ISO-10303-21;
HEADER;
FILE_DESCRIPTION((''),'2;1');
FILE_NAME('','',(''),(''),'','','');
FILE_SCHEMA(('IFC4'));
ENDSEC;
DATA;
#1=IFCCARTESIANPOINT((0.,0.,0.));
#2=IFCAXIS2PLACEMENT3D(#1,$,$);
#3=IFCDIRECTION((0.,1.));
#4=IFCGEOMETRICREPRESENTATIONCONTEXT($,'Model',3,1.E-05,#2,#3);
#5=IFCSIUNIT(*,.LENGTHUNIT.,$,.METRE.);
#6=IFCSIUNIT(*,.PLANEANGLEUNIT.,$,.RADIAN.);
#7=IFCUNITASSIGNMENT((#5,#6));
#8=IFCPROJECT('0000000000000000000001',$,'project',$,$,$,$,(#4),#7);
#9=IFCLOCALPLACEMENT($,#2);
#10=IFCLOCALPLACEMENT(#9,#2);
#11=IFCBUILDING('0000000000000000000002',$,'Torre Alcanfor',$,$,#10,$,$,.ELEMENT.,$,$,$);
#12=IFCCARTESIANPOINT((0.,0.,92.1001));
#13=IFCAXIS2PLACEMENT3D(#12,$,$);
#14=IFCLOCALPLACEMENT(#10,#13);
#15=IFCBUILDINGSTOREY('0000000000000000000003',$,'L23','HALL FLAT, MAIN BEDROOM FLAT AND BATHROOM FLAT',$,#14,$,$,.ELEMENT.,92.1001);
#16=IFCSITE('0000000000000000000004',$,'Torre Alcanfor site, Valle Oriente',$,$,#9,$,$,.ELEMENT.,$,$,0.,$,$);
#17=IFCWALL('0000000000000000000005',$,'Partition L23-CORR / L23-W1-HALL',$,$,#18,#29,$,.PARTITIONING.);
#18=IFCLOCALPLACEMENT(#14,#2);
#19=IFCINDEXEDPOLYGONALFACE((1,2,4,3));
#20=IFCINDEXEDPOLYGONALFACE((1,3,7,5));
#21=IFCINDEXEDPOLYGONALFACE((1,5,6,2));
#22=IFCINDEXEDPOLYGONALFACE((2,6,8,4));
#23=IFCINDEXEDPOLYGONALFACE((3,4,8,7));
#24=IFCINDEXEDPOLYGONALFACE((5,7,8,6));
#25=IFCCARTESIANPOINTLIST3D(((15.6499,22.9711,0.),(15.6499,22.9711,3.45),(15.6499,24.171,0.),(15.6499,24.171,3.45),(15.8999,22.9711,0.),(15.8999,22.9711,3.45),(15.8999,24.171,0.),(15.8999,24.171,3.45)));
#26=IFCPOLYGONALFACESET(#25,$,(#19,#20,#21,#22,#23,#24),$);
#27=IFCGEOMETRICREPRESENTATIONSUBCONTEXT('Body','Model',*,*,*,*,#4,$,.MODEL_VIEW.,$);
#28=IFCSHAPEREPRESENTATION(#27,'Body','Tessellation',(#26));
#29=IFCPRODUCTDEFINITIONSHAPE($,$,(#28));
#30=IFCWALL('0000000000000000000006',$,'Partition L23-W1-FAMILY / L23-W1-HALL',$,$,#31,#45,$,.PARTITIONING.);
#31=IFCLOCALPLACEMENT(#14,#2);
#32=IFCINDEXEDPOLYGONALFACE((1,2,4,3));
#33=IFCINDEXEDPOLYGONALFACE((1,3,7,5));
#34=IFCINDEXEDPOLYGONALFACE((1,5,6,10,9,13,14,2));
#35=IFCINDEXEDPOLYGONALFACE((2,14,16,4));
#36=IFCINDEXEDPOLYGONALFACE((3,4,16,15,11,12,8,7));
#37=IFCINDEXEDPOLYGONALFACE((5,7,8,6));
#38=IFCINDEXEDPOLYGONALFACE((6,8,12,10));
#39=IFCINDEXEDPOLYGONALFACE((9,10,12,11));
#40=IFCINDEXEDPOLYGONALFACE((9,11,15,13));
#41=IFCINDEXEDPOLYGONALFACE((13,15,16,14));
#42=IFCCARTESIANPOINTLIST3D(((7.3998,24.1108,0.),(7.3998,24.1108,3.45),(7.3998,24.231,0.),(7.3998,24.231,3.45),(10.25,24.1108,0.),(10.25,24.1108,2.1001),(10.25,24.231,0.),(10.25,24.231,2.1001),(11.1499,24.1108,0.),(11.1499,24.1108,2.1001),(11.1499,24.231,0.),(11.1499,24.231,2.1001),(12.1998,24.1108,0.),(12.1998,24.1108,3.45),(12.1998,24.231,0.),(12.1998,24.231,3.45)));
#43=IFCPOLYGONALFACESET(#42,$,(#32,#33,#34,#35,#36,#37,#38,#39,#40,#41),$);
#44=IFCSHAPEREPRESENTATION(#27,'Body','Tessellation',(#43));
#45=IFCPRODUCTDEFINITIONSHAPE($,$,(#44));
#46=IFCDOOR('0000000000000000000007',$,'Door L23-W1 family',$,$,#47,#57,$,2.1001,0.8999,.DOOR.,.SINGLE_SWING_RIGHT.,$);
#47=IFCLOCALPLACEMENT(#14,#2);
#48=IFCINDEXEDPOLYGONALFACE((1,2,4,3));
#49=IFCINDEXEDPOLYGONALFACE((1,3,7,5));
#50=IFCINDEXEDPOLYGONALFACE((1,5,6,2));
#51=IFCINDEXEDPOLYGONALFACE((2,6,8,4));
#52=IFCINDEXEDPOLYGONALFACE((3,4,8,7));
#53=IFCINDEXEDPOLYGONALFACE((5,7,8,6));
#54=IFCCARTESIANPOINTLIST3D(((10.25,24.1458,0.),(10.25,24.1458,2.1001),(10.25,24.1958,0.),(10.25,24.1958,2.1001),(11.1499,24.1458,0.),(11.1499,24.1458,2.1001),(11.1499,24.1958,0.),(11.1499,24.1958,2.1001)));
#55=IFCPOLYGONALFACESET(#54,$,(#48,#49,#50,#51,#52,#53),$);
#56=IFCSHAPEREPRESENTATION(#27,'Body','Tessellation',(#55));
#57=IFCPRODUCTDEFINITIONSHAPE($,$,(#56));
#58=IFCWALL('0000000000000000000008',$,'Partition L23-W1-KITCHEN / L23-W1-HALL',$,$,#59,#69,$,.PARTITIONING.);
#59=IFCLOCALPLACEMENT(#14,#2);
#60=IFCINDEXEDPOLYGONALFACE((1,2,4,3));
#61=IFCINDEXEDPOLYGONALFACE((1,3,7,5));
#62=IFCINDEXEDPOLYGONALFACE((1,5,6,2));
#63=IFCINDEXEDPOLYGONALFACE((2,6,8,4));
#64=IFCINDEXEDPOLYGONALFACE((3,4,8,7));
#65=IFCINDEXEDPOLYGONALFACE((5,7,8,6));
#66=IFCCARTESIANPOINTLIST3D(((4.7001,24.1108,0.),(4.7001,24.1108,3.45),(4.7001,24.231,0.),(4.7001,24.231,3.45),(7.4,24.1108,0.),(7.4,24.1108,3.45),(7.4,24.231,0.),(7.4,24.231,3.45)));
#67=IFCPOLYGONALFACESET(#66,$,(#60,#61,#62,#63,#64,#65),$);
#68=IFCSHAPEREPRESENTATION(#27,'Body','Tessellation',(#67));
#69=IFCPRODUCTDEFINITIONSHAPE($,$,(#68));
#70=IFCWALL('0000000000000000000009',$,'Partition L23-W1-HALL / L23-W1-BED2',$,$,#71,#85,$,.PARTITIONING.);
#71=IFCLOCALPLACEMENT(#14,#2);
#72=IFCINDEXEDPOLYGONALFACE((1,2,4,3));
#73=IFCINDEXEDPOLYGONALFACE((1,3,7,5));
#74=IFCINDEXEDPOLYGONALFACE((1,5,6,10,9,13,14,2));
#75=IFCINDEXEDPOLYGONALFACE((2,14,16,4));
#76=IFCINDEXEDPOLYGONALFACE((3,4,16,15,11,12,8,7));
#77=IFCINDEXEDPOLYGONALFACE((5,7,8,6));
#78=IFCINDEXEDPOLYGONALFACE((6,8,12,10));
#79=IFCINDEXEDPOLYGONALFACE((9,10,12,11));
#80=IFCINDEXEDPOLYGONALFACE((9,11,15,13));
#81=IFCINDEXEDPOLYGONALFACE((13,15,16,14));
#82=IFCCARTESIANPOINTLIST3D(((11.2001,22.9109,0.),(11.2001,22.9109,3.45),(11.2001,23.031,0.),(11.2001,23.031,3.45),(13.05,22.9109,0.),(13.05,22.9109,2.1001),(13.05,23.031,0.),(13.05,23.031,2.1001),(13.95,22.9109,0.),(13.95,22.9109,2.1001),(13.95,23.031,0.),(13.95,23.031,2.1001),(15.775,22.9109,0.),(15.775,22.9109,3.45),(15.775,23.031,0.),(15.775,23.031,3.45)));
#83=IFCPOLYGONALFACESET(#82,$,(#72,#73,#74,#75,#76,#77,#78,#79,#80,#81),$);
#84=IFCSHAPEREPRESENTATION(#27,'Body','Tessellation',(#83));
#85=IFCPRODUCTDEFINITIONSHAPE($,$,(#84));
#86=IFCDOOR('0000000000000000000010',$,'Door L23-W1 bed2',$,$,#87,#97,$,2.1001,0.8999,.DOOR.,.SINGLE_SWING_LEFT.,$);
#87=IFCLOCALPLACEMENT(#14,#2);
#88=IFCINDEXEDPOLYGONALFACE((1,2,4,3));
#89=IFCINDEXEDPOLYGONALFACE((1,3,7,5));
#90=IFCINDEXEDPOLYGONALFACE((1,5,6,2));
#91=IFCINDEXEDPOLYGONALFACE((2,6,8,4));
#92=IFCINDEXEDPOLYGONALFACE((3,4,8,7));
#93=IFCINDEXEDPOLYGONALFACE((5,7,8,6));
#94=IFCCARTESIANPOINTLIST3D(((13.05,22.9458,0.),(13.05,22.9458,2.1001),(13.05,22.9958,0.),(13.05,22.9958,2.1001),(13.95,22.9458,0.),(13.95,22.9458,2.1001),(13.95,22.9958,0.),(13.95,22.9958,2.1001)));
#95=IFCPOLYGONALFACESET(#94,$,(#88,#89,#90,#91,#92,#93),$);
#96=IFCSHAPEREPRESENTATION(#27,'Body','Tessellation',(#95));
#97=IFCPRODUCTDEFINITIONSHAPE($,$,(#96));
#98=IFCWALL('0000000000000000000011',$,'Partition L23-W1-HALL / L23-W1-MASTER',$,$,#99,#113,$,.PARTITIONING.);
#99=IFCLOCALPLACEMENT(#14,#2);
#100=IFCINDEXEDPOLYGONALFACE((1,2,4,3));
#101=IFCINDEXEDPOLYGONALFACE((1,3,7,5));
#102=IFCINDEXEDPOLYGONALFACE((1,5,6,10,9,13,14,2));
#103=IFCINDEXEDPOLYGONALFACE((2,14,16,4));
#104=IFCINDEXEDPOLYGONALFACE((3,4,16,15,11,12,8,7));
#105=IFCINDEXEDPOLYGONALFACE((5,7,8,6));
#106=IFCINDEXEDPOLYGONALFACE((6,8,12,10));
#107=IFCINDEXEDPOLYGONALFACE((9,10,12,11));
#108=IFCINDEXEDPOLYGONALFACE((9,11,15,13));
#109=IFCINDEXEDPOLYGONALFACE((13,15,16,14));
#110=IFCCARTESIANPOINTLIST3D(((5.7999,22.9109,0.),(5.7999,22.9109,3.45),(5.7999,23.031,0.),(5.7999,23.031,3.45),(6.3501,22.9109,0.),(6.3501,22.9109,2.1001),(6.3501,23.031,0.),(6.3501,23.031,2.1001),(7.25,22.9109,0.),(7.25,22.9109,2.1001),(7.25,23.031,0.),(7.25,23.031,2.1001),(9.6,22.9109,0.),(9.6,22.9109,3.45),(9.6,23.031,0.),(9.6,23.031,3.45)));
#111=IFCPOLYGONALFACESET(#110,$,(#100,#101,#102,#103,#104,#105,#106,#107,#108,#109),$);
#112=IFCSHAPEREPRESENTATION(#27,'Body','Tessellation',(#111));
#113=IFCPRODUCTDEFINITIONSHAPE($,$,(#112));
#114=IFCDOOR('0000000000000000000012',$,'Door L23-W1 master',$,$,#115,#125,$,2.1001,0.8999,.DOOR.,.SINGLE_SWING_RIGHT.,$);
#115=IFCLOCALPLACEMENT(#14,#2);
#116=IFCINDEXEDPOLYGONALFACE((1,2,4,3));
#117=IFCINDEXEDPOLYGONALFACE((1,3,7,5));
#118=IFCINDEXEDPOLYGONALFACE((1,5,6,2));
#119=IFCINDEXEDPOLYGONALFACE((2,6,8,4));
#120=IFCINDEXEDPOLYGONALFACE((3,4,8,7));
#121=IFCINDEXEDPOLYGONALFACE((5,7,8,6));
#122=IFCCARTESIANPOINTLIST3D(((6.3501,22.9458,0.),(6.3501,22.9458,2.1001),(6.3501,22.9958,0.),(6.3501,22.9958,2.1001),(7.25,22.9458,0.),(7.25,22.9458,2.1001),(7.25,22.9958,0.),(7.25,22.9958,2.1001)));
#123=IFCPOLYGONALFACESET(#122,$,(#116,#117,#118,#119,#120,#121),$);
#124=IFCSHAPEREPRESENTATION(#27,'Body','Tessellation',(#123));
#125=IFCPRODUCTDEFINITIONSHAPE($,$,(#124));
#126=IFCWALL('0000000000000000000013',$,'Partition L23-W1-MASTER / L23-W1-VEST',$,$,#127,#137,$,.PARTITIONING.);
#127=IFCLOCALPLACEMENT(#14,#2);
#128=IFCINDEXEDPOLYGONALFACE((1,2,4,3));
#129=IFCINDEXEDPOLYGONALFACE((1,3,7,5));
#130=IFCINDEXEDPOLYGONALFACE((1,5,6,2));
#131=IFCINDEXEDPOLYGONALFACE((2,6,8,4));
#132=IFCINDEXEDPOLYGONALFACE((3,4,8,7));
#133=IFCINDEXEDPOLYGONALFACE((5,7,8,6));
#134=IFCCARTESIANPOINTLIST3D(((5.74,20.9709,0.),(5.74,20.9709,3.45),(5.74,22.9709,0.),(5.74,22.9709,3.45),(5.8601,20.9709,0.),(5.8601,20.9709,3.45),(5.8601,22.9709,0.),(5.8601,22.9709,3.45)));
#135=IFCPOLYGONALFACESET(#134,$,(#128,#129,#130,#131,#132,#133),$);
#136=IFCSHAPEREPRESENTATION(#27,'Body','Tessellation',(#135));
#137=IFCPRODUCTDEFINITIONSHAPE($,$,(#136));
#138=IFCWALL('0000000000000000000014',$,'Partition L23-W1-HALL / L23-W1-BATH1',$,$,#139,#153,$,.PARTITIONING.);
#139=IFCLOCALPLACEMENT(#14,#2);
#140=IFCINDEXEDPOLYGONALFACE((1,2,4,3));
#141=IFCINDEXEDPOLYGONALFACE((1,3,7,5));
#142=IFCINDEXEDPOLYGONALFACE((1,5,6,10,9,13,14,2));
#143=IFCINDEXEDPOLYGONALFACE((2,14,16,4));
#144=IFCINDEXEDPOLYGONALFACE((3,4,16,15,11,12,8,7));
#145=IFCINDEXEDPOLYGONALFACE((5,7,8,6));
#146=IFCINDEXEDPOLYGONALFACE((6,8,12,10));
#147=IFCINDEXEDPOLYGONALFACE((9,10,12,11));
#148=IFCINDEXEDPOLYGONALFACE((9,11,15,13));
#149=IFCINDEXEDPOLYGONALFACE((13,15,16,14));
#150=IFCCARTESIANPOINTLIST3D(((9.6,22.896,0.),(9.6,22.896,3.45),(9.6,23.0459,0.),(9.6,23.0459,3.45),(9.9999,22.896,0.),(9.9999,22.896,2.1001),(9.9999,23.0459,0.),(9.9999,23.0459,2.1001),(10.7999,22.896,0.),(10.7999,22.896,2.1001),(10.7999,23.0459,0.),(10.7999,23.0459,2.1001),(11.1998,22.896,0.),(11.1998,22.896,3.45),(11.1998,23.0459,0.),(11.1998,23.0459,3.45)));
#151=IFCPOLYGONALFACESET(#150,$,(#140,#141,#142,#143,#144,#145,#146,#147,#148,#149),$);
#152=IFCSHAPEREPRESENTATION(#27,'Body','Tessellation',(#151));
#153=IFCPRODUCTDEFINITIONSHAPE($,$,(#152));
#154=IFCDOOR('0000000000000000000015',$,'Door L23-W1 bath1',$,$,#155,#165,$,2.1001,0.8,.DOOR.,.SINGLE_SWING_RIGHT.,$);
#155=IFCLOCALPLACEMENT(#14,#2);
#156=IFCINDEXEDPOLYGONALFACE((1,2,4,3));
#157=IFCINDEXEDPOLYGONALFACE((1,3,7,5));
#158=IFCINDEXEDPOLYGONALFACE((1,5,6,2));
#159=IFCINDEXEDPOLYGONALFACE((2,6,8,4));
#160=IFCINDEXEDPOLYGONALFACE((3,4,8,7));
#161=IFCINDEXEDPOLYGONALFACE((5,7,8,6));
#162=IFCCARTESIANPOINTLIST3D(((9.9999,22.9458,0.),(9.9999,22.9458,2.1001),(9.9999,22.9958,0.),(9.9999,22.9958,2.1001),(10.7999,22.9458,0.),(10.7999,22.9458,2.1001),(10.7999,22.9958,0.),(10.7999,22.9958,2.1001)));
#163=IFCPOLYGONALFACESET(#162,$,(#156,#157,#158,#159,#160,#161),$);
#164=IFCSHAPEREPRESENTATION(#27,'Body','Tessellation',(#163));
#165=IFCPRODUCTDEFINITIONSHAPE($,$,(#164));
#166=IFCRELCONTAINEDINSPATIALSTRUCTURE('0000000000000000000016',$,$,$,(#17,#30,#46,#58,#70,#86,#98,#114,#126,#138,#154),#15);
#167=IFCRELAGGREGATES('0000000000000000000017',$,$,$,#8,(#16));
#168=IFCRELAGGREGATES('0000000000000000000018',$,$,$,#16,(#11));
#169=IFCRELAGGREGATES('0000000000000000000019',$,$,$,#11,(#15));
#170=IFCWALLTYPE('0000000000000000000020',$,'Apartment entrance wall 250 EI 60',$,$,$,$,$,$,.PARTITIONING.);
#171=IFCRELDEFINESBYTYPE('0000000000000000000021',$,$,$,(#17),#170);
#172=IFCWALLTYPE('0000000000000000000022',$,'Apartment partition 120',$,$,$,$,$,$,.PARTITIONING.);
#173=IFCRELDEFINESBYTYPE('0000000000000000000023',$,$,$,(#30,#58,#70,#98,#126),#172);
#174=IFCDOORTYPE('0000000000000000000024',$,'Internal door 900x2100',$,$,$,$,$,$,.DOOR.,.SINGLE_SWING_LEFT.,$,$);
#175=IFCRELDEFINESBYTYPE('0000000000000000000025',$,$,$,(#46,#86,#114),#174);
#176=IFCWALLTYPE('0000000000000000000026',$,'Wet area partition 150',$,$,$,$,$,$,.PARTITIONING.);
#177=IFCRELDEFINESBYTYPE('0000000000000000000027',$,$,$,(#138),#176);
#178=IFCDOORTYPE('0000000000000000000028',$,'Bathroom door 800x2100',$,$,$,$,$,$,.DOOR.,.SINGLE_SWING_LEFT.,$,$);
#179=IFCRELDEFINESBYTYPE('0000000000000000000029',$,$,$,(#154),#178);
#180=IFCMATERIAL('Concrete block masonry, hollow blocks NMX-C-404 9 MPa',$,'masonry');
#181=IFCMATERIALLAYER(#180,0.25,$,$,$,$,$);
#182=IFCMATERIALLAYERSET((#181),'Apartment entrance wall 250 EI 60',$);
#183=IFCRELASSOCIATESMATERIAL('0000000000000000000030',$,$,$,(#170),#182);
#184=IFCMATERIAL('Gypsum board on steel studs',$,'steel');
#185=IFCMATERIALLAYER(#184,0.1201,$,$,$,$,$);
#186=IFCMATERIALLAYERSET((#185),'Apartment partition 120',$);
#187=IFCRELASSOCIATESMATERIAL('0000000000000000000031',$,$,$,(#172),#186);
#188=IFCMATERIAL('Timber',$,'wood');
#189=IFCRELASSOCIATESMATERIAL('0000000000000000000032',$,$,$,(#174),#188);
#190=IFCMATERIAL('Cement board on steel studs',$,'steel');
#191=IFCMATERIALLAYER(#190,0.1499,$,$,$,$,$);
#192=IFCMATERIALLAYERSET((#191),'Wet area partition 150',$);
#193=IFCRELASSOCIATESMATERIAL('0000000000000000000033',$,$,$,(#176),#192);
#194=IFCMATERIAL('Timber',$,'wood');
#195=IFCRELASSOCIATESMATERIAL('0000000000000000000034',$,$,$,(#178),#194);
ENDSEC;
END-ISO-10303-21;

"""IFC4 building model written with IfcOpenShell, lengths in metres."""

from ifc_helpers import new_model, si_unit, direction, frame, frame_2d, origin, place, context, subcontext, project, spatial, rectangle, extrude, material, layer, layer_set, type_object, element, fill, save


model = new_model("IFC4")

# Units and contexts
model_context = context("Model", 3, precision=1e-05, world=origin(), true_north=direction((0.0, 1.0)))
body_context = subcontext(model_context, "Body", "Model", "MODEL_VIEW")
ifc_project = project(units=[si_unit("LENGTHUNIT", "METRE"), si_unit("PLANEANGLEUNIT", "RADIAN")], contexts=[model_context])

# Site, building, storey
site_placement = place(None, origin())
site = spatial("IfcSite", under=ifc_project, at=site_placement, Name="Torre Alcanfor site, Valle Oriente", CompositionType="ELEMENT", RefElevation=0.0)
building_placement = place(site_placement, origin())
building = spatial("IfcBuilding", under=site, at=building_placement, Name="Torre Alcanfor", CompositionType="ELEMENT")
storey_placement = place(building_placement, frame((0.0, 0.0, 92.1001)))
storey = spatial("IfcBuildingStorey", under=building, at=storey_placement, Name="L23", Description="HALL FLAT, MAIN BEDROOM FLAT AND BATHROOM FLAT", CompositionType="ELEMENT", Elevation=92.1001)

# Shared definitions
ifc_material_1 = material(Name="Concrete block masonry, hollow blocks NMX-C-404 9 MPa", Category="masonry")
ifc_layer_1 = layer(ifc_material_1, 0.25)
ifc_layer_set_1 = layer_set([ifc_layer_1], Name="Apartment entrance wall 250 EI 60")
wall_type_1 = type_object("IfcWallType", Name="Apartment entrance wall 250 EI 60", PredefinedType="PARTITIONING", material=ifc_layer_set_1)

# Wall
wall_1_placement = place(storey_placement, frame((15.7749, 22.9709, 0.0), z_axis=(0.0, 0.0, 1.0), x_axis=(0.0, 1.0, 0.0)))
element("IfcWall", 1, at=wall_1_placement, inside=storey, type_object=wall_type_1, Name="Partition L23-CORR / L23-W1-HALL", PredefinedType="PARTITIONING", context=body_context, shape_type="SweptSolid", body=[
    extrude(rectangle(XDim=1.2, YDim=0.25, at=frame_2d((0.6001, 0.0))), origin(), (0.0, 0.0, 1.0), 3.45),
])

# Wall, opening, door
ifc_material_2 = material(Name="Gypsum board on steel studs", Category="steel")
ifc_layer_2 = layer(ifc_material_2, 0.1201)
ifc_layer_set_2 = layer_set([ifc_layer_2], Name="Apartment partition 120")
wall_type_2 = type_object("IfcWallType", Name="Apartment partition 120", PredefinedType="PARTITIONING", material=ifc_layer_set_2)
wall_2_placement = place(storey_placement, frame((7.3999, 24.1709, 0.0), z_axis=(0.0, 0.0, 1.0), x_axis=(1.0, 0.0, 0.0)))
wall_2 = element("IfcWall", 2, at=wall_2_placement, inside=storey, type_object=wall_type_2, Name="Partition L23-W1-FAMILY / L23-W1-HALL", PredefinedType="PARTITIONING", context=body_context, shape_type="SweptSolid", body=[
    extrude(rectangle(XDim=4.8, YDim=0.1201, at=frame_2d((2.3999, 0.0))), origin(), (0.0, 0.0, 1.0), 3.45),
])
opening_1_placement = place(wall_2_placement, frame((2.8501, 0.0, 0.0)))
opening_1 = element("IfcOpeningElement", 3, at=opening_1_placement, cuts=wall_2, PredefinedType="OPENING", context=body_context, shape_type="SweptSolid", body=[
    extrude(rectangle(XDim=0.8999, YDim=2.1001, at=frame_2d((0.45, 1.05))), frame((0.0, 0.0701, 0.0), z_axis=(0.0, -1.0, 0.0), x_axis=(1.0, 0.0, 0.0)), (0.0, 0.0, 1.0), 0.1401),
])
ifc_material_3 = material(Name="Timber", Category="wood")
door_type_1 = type_object("IfcDoorType", Name="Internal door 900x2100", OperationType="SINGLE_SWING_LEFT", PredefinedType="DOOR", material=ifc_material_3)
door_1_placement = place(opening_1_placement, origin())
door_1 = element("IfcDoor", 4, at=door_1_placement, inside=storey, type_object=door_type_1, Name="Door L23-W1 family", OperationType="SINGLE_SWING_RIGHT", OverallHeight=2.1001, OverallWidth=0.8999, PredefinedType="DOOR", context=body_context, shape_type="SweptSolid", body=[
    extrude(rectangle(XDim=0.8999, YDim=2.1001, at=frame_2d((0.45, 1.05))), frame((0.0, 0.0249, 0.0), z_axis=(0.0, -1.0, 0.0), x_axis=(1.0, 0.0, 0.0)), (0.0, 0.0, 1.0), 0.05),
])
fill(opening_1, door_1)

# Wall
wall_3_placement = place(storey_placement, frame((4.7, 24.1709, 0.0), z_axis=(0.0, 0.0, 1.0), x_axis=(1.0, 0.0, 0.0)))
element("IfcWall", 5, at=wall_3_placement, inside=storey, type_object=wall_type_2, Name="Partition L23-W1-KITCHEN / L23-W1-HALL", PredefinedType="PARTITIONING", context=body_context, shape_type="SweptSolid", body=[
    extrude(rectangle(XDim=2.7, YDim=0.1201, at=frame_2d((1.3501, 0.0))), origin(), (0.0, 0.0, 1.0), 3.45),
])

# Walls, openings, doors
wall_4_placement = place(storey_placement, frame((11.2, 22.9709, 0.0), z_axis=(0.0, 0.0, 1.0), x_axis=(1.0, 0.0, 0.0)))
wall_4 = element("IfcWall", 6, at=wall_4_placement, inside=storey, type_object=wall_type_2, Name="Partition L23-W1-HALL / L23-W1-BED2", PredefinedType="PARTITIONING", context=body_context, shape_type="SweptSolid", body=[
    extrude(rectangle(XDim=4.575, YDim=0.1201, at=frame_2d((2.2876, 0.0))), origin(), (0.0, 0.0, 1.0), 3.45),
])
opening_2_placement = place(wall_4_placement, frame((1.8501, 0.0, 0.0)))
opening_2 = element("IfcOpeningElement", 7, at=opening_2_placement, cuts=wall_4, PredefinedType="OPENING", context=body_context, shape_type="SweptSolid", body=[
    extrude(rectangle(XDim=0.8999, YDim=2.1001, at=frame_2d((0.45, 1.05))), frame((0.0, 0.0701, 0.0), z_axis=(0.0, -1.0, 0.0), x_axis=(1.0, 0.0, 0.0)), (0.0, 0.0, 1.0), 0.1401),
])
door_2_placement = place(opening_2_placement, frame((0.8999, 0.0, 0.0), z_axis=(0.0, 0.0, 1.0), x_axis=(-1.0, 0.0, 0.0)))
door_2 = element("IfcDoor", 8, at=door_2_placement, inside=storey, type_object=door_type_1, Name="Door L23-W1 bed2", OperationType="SINGLE_SWING_LEFT", OverallHeight=2.1001, OverallWidth=0.8999, PredefinedType="DOOR", context=body_context, shape_type="SweptSolid", body=[
    extrude(rectangle(XDim=0.8999, YDim=2.1001, at=frame_2d((0.45, 1.05))), frame((0.0, 0.0251, 0.0), z_axis=(0.0, -1.0, 0.0), x_axis=(1.0, 0.0, 0.0)), (0.0, 0.0, 1.0), 0.05),
])
fill(opening_2, door_2)
wall_5_placement = place(storey_placement, frame((5.8, 22.9709, 0.0), z_axis=(0.0, 0.0, 1.0), x_axis=(1.0, 0.0, 0.0)))
wall_5 = element("IfcWall", 9, at=wall_5_placement, inside=storey, type_object=wall_type_2, Name="Partition L23-W1-HALL / L23-W1-MASTER", PredefinedType="PARTITIONING", context=body_context, shape_type="SweptSolid", body=[
    extrude(rectangle(XDim=3.8, YDim=0.1201, at=frame_2d((1.8999, 0.0))), origin(), (0.0, 0.0, 1.0), 3.45),
])
opening_3_placement = place(wall_5_placement, frame((0.55, 0.0, 0.0)))
opening_3 = element("IfcOpeningElement", 10, at=opening_3_placement, cuts=wall_5, PredefinedType="OPENING", context=body_context, shape_type="SweptSolid", body=[
    extrude(rectangle(XDim=0.8999, YDim=2.1001, at=frame_2d((0.45, 1.05))), frame((0.0, 0.0701, 0.0), z_axis=(0.0, -1.0, 0.0), x_axis=(1.0, 0.0, 0.0)), (0.0, 0.0, 1.0), 0.1401),
])
door_3_placement = place(opening_3_placement, frame((0.8999, 0.0, 0.0), z_axis=(0.0, 0.0, 1.0), x_axis=(-1.0, 0.0, 0.0)))
door_3 = element("IfcDoor", 11, at=door_3_placement, inside=storey, type_object=door_type_1, Name="Door L23-W1 master", OperationType="SINGLE_SWING_RIGHT", OverallHeight=2.1001, OverallWidth=0.8999, PredefinedType="DOOR", context=body_context, shape_type="SweptSolid", body=[
    extrude(rectangle(XDim=0.8999, YDim=2.1001, at=frame_2d((0.45, 1.05))), frame((0.0, 0.0251, 0.0), z_axis=(0.0, -1.0, 0.0), x_axis=(1.0, 0.0, 0.0)), (0.0, 0.0, 1.0), 0.05),
])
fill(opening_3, door_3)

# Wall
wall_6_placement = place(storey_placement, frame((5.8, 20.9709, 0.0), z_axis=(0.0, 0.0, 1.0), x_axis=(0.0, 1.0, 0.0)))
element("IfcWall", 12, at=wall_6_placement, inside=storey, type_object=wall_type_2, Name="Partition L23-W1-MASTER / L23-W1-VEST", PredefinedType="PARTITIONING", context=body_context, shape_type="SweptSolid", body=[
    extrude(rectangle(XDim=2.0, YDim=0.1201, at=frame_2d((1.0, 0.0))), origin(), (0.0, 0.0, 1.0), 3.45),
])

# Wall, opening, door
ifc_material_4 = material(Name="Cement board on steel studs", Category="steel")
ifc_layer_3 = layer(ifc_material_4, 0.1499)
ifc_layer_set_3 = layer_set([ifc_layer_3], Name="Wet area partition 150")
wall_type_3 = type_object("IfcWallType", Name="Wet area partition 150", PredefinedType="PARTITIONING", material=ifc_layer_set_3)
wall_7_placement = place(storey_placement, frame((9.6001, 22.9709, 0.0), z_axis=(0.0, 0.0, 1.0), x_axis=(1.0, 0.0, 0.0)))
wall_7 = element("IfcWall", 13, at=wall_7_placement, inside=storey, type_object=wall_type_3, Name="Partition L23-W1-HALL / L23-W1-BATH1", PredefinedType="PARTITIONING", context=body_context, shape_type="SweptSolid", body=[
    extrude(rectangle(XDim=1.5999, YDim=0.1499, at=frame_2d((0.7998, 0.0))), origin(), (0.0, 0.0, 1.0), 3.45),
])
opening_4_placement = place(wall_7_placement, frame((0.3999, 0.0, 0.0)))
opening_4 = element("IfcOpeningElement", 14, at=opening_4_placement, cuts=wall_7, PredefinedType="OPENING", context=body_context, shape_type="SweptSolid", body=[
    extrude(rectangle(XDim=0.8, YDim=2.1001, at=frame_2d((0.3999, 1.05))), frame((0.0, 0.085, 0.0), z_axis=(0.0, -1.0, 0.0), x_axis=(1.0, 0.0, 0.0)), (0.0, 0.0, 1.0), 0.1699),
])
ifc_material_5 = material(Name="Timber", Category="wood")
door_type_2 = type_object("IfcDoorType", Name="Bathroom door 800x2100", OperationType="SINGLE_SWING_LEFT", PredefinedType="DOOR", material=ifc_material_5)
door_4_placement = place(opening_4_placement, frame((0.8, 0.0, 0.0), z_axis=(0.0, 0.0, 1.0), x_axis=(-1.0, 0.0, 0.0)))
door_4 = element("IfcDoor", 15, at=door_4_placement, inside=storey, type_object=door_type_2, Name="Door L23-W1 bath1", OperationType="SINGLE_SWING_RIGHT", OverallHeight=2.1001, OverallWidth=0.8, PredefinedType="DOOR", context=body_context, shape_type="SweptSolid", body=[
    extrude(rectangle(XDim=0.8, YDim=2.1001, at=frame_2d((0.4001, 1.05))), frame((0.0, 0.0251, 0.0), z_axis=(0.0, -1.0, 0.0), x_axis=(1.0, 0.0, 0.0)), (0.0, 0.0, 1.0), 0.05),
])
fill(opening_4, door_4)

save(model, "model.ifc")
